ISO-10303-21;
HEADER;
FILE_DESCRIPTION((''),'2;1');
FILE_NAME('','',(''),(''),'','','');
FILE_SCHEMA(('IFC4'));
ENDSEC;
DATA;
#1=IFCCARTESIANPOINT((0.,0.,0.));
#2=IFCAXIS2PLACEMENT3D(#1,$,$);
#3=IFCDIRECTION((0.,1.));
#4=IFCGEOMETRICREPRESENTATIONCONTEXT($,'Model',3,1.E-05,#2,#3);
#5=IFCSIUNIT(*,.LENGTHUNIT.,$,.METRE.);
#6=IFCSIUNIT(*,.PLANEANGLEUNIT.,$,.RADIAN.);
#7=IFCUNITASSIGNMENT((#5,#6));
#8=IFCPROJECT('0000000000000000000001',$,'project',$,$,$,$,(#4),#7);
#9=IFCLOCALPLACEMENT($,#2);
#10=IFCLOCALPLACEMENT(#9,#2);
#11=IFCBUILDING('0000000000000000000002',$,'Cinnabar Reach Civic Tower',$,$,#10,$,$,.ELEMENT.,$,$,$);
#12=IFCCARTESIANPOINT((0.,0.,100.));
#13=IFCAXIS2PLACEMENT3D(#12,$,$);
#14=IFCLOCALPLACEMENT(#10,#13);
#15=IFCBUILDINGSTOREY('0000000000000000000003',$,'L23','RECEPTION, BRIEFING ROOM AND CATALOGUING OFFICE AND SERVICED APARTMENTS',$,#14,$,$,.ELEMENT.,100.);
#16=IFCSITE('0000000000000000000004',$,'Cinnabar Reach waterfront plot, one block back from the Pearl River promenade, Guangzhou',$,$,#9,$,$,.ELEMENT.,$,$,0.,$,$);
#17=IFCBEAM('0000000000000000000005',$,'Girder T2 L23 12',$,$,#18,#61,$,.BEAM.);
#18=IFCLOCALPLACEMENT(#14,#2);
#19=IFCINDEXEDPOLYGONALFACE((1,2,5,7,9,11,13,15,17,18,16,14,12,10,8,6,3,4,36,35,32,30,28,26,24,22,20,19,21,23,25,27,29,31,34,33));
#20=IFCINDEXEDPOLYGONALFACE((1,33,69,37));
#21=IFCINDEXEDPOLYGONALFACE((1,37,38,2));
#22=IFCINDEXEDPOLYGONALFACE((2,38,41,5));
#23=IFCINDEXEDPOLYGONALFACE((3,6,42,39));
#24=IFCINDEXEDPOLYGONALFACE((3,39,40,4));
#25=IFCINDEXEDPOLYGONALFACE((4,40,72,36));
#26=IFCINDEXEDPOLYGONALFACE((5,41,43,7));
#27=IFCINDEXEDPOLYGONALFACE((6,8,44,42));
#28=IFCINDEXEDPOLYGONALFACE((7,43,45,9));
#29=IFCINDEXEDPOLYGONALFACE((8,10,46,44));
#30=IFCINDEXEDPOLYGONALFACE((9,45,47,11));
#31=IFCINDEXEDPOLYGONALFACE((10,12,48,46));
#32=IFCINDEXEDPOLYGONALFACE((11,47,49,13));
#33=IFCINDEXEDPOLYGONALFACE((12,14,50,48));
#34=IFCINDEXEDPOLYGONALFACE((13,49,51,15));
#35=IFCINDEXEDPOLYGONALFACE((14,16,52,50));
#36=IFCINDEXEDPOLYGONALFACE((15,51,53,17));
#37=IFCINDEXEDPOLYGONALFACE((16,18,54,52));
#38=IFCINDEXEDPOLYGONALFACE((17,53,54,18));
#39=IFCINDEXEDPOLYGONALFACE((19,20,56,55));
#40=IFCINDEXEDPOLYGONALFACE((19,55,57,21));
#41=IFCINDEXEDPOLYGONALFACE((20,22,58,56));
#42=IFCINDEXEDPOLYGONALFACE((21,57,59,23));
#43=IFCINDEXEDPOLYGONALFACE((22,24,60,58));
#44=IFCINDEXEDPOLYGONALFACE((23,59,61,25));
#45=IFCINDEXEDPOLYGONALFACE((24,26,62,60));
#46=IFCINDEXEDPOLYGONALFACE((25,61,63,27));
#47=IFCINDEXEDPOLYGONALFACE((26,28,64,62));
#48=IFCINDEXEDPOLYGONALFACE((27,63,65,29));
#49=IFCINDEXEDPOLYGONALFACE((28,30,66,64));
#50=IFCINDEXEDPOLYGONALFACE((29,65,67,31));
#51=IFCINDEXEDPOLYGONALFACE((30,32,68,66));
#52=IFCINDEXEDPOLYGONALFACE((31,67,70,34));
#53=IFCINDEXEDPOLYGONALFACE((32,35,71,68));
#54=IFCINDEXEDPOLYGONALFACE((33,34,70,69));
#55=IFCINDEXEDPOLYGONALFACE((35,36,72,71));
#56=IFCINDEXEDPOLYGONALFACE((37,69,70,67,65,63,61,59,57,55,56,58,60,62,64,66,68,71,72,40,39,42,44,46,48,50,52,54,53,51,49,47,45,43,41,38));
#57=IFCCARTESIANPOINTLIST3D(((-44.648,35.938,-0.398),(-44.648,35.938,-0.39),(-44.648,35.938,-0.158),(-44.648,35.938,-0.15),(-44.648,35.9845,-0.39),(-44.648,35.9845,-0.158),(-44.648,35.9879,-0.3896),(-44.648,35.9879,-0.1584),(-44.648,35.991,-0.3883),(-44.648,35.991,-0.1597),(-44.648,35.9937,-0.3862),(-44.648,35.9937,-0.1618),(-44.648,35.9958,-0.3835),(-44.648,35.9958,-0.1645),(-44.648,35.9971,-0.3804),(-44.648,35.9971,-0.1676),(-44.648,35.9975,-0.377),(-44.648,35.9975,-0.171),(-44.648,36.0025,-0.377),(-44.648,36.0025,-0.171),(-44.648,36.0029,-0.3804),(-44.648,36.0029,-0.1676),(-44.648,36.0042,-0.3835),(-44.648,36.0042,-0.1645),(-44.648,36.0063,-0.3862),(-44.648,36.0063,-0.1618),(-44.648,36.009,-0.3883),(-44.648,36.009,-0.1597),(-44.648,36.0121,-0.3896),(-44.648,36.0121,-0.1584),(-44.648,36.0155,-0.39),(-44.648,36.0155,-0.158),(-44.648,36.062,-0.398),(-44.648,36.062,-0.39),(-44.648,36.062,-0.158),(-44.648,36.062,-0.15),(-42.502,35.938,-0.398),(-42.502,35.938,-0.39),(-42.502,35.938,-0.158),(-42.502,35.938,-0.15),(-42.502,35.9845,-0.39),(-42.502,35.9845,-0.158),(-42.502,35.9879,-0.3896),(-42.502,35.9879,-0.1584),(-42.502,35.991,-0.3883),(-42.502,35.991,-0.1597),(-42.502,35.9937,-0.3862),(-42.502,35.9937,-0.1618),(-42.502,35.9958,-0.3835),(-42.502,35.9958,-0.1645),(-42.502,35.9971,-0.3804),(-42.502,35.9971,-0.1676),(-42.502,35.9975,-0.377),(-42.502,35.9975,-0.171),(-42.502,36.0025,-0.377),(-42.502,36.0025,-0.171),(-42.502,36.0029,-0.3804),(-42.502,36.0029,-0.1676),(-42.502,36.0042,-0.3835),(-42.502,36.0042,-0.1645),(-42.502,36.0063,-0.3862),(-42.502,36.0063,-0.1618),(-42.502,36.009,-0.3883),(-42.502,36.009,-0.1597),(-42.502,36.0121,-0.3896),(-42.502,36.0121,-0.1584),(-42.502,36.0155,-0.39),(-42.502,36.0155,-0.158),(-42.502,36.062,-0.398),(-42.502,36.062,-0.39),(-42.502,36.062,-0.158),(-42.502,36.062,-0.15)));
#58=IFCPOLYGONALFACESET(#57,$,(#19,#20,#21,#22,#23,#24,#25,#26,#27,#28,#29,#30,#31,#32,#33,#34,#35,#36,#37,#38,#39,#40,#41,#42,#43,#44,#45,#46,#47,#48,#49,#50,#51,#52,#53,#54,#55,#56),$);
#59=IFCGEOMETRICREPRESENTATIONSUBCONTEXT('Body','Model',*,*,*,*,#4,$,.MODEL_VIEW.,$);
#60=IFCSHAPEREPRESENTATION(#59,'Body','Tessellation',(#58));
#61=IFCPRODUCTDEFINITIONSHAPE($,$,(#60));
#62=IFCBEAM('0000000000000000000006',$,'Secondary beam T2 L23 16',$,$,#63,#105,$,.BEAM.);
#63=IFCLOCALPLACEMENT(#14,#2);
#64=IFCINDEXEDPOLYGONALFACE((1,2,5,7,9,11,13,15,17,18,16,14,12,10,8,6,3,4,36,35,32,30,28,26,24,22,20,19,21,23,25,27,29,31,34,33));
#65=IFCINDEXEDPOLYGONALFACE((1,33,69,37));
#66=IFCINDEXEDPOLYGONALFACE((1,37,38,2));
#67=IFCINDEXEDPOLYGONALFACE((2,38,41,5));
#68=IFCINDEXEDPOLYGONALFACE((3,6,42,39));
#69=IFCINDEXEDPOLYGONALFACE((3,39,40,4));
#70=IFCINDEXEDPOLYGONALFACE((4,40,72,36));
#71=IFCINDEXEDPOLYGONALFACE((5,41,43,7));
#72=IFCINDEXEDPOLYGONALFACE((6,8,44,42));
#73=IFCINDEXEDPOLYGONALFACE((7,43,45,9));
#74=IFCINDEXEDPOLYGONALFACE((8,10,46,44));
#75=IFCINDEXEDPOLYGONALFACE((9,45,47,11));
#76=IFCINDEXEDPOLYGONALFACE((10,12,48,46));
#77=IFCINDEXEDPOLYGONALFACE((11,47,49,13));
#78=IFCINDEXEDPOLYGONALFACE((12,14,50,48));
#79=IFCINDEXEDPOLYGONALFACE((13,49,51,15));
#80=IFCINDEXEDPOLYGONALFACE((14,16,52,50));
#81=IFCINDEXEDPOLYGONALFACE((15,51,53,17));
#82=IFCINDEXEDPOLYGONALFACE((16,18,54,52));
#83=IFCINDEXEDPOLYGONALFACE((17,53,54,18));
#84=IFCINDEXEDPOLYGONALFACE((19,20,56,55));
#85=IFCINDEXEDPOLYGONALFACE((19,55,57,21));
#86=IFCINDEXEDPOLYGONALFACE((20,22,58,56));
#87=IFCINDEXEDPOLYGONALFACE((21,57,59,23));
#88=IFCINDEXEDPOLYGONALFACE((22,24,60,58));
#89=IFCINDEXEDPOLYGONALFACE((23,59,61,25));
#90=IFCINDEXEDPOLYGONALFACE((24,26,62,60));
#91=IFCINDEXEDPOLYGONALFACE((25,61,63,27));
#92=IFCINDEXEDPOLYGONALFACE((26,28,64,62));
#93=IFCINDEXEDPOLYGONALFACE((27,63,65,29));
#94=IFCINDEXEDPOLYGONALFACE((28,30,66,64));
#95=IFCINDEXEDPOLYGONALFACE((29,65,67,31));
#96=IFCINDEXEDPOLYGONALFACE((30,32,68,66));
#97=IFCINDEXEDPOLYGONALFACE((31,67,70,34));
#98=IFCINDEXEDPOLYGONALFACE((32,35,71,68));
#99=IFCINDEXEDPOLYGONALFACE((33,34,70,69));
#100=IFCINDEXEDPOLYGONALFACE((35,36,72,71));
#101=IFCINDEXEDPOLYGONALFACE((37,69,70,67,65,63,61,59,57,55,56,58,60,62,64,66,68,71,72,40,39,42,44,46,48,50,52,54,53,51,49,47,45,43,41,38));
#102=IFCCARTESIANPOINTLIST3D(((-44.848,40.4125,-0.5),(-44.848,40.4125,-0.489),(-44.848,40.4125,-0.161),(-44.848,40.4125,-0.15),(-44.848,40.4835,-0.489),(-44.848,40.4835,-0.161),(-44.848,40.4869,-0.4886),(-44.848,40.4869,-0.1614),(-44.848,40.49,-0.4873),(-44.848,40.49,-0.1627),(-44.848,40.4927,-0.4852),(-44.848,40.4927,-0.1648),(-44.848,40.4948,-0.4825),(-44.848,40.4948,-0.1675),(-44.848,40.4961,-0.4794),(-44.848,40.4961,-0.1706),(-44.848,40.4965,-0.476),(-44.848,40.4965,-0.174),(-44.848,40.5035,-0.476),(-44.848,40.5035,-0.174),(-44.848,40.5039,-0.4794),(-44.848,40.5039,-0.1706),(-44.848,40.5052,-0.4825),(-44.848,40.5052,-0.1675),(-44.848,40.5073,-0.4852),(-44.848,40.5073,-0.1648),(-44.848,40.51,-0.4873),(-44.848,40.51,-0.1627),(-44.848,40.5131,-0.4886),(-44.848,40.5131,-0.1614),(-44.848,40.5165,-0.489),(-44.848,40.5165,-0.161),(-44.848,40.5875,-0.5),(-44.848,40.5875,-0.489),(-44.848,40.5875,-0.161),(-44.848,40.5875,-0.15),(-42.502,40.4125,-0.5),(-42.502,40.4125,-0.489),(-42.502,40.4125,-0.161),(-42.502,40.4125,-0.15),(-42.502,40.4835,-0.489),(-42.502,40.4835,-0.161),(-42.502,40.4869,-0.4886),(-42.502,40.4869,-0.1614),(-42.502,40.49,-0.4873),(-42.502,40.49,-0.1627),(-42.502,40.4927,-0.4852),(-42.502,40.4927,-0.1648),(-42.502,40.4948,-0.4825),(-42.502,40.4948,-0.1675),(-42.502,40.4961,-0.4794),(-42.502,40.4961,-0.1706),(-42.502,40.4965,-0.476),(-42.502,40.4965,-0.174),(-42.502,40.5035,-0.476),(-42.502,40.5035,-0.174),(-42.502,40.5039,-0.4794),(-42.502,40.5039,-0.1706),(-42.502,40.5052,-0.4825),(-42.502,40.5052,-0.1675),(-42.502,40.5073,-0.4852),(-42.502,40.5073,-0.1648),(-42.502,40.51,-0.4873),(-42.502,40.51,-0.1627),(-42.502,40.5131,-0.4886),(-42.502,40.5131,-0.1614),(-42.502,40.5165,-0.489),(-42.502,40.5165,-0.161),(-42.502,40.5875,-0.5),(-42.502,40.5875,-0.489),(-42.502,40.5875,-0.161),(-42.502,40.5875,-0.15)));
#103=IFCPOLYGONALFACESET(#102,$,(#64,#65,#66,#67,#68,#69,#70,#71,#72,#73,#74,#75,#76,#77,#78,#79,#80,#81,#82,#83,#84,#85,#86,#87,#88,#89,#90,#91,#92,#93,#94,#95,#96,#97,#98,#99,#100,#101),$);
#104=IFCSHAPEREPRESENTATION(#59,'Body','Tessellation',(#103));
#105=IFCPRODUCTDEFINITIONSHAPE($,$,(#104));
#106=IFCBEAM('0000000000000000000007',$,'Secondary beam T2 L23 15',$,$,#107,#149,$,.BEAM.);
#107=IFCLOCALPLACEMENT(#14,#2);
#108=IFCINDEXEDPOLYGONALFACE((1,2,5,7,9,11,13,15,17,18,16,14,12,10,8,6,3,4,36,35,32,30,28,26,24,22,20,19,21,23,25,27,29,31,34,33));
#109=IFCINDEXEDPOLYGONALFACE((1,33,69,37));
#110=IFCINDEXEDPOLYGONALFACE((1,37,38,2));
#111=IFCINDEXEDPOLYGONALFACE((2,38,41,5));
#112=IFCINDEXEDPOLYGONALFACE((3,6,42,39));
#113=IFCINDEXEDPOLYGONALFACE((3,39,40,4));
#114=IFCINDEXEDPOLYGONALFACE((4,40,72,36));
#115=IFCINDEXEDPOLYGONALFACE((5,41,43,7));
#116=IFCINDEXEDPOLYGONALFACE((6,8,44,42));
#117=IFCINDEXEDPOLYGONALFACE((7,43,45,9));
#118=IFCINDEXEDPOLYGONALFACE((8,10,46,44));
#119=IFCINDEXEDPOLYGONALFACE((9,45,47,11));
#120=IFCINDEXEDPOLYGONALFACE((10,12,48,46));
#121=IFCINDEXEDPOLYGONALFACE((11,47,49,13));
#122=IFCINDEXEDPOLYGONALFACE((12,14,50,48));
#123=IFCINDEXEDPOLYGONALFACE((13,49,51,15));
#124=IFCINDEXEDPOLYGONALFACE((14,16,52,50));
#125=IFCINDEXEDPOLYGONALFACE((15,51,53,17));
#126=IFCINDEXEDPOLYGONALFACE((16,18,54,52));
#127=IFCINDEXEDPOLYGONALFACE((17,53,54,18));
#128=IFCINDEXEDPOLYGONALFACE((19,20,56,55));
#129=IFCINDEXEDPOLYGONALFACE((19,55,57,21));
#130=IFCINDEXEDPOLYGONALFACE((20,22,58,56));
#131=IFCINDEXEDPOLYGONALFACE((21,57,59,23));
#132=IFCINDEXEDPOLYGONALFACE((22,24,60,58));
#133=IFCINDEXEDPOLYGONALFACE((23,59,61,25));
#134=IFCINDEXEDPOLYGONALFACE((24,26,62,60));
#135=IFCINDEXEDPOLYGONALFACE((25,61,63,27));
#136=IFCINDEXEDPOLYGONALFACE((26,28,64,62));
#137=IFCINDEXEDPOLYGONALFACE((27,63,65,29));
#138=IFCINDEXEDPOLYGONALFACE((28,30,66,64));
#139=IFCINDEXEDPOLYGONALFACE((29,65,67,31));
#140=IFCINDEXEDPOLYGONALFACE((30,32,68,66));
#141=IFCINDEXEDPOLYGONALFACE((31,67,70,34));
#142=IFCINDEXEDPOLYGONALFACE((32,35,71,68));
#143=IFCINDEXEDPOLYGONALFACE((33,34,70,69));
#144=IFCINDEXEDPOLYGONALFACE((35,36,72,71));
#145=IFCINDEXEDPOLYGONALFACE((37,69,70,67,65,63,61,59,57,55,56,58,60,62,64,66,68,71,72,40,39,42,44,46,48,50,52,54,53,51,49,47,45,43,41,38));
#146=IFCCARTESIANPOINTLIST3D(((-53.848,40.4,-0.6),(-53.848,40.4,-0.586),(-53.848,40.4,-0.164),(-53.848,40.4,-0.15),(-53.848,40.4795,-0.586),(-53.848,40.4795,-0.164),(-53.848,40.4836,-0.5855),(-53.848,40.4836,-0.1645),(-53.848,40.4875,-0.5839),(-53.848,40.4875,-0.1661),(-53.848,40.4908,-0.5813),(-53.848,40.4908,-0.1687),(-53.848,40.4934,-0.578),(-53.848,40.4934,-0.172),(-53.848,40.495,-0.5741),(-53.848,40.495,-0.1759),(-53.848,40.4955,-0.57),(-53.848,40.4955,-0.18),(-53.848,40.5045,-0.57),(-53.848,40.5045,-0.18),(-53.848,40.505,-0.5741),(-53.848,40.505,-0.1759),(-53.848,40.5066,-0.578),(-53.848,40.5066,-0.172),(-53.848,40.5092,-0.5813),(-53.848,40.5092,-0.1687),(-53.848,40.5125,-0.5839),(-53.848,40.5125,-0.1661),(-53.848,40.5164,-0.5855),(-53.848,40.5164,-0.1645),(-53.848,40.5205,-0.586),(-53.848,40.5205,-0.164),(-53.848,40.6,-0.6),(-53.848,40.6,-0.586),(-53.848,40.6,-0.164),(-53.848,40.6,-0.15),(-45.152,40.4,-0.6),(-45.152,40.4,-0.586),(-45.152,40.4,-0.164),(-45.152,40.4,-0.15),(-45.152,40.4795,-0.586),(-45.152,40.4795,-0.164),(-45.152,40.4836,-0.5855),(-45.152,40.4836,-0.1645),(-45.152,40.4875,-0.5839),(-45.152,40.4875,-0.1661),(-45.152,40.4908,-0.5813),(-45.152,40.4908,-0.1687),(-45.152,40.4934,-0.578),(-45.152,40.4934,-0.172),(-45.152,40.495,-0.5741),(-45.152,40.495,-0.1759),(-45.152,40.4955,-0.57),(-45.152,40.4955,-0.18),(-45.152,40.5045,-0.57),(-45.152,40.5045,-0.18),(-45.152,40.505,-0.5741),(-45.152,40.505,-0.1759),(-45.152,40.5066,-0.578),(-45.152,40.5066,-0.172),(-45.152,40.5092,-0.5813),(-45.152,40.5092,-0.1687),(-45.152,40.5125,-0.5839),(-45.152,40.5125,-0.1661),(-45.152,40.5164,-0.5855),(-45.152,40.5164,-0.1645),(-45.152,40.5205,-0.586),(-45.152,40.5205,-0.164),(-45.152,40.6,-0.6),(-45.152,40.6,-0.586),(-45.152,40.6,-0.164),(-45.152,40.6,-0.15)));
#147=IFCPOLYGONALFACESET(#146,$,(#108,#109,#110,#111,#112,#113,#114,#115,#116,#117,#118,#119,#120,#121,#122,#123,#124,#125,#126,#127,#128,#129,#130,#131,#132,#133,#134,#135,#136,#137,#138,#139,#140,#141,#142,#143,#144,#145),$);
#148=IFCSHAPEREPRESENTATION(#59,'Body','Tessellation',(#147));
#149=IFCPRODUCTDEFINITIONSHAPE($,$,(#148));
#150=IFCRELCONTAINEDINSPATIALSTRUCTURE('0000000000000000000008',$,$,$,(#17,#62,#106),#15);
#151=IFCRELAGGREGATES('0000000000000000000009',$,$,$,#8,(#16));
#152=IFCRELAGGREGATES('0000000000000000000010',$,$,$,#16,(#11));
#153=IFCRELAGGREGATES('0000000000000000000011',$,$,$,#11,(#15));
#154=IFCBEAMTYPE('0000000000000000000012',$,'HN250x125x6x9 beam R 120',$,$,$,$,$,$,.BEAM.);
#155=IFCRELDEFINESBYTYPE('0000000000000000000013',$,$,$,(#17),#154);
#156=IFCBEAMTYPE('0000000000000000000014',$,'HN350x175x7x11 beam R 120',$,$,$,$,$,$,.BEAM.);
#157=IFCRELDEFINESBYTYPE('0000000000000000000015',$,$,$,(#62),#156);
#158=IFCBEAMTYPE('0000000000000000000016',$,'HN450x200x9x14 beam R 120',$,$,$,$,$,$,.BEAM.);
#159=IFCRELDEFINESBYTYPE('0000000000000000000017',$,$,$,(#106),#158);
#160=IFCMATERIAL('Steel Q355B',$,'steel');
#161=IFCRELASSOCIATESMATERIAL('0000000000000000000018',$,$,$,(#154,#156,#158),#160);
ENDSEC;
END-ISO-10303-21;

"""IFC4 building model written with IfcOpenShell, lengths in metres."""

from ifc_helpers import new_model, si_unit, direction, frame, origin, origin_2d, place, context, subcontext, project, spatial, i_section, extrude, material, material_profile, profile_set, type_object, element, save


model = new_model("IFC4")

# Units and contexts
model_context = context("Model", 3, precision=1e-05, world=origin(), true_north=direction((0.0, 1.0)))
body_context = subcontext(model_context, "Body", "Model", "MODEL_VIEW")
ifc_project = project(units=[si_unit("LENGTHUNIT", "METRE"), si_unit("PLANEANGLEUNIT", "RADIAN")], contexts=[model_context])

# Site, building, storey
site_placement = place(None, origin())
site = spatial("IfcSite", under=ifc_project, at=site_placement, Name="Cinnabar Reach waterfront plot, one block back from the Pearl River promenade, Guangzhou", CompositionType="ELEMENT", RefElevation=0.0)
building_placement = place(site_placement, origin())
building = spatial("IfcBuilding", under=site, at=building_placement, Name="Cinnabar Reach Civic Tower", CompositionType="ELEMENT")
storey_placement = place(building_placement, frame((0.0, 0.0, 100.0)))
storey = spatial("IfcBuildingStorey", under=building, at=storey_placement, Name="L23", Description="RECEPTION, BRIEFING ROOM AND CATALOGUING OFFICE AND SERVICED APARTMENTS", CompositionType="ELEMENT", Elevation=100.0)

# Beams
ifc_material_1 = material(Name="Steel Q355B", Category="steel")
ifc_material_profile_1 = material_profile(ifc_material_1, i_section(OverallWidth=0.124, OverallDepth=0.248, WebThickness=0.005, FlangeThickness=0.008, FilletRadius=0.013, at=origin_2d()), Name="HN250x125x6x9")
ifc_profile_set_1 = profile_set([ifc_material_profile_1], Name="Steel Q355B")
beam_type_1 = type_object("IfcBeamType", Name="HN250x125x6x9 beam R 120", PredefinedType="BEAM", material=ifc_profile_set_1)
beam_1_placement = place(storey_placement, frame((-44.648, 36.0, -0.274), z_axis=(1.0, 0.0, 0.0), x_axis=(0.0, 1.0, 0.0)))
element("IfcBeam", 1, at=beam_1_placement, inside=storey, type_object=beam_type_1, Name="Girder T2 L23 12", PredefinedType="BEAM", context=body_context, shape_type="SweptSolid", body=[
    extrude(i_section(OverallWidth=0.124, OverallDepth=0.248, WebThickness=0.005, FlangeThickness=0.008, FilletRadius=0.013, at=origin_2d()), origin(), (0.0, 0.0, 1.0), 2.146),
])
ifc_material_profile_2 = material_profile(ifc_material_1, i_section(OverallWidth=0.175, OverallDepth=0.35, WebThickness=0.007, FlangeThickness=0.011, FilletRadius=0.013, at=origin_2d()), Name="HN350x175x7x11")
ifc_profile_set_2 = profile_set([ifc_material_profile_2], Name="Steel Q355B")
beam_type_2 = type_object("IfcBeamType", Name="HN350x175x7x11 beam R 120", PredefinedType="BEAM", material=ifc_profile_set_2)
beam_2_placement = place(storey_placement, frame((-44.848, 40.5, -0.325), z_axis=(1.0, 0.0, 0.0), x_axis=(0.0, 1.0, 0.0)))
element("IfcBeam", 2, at=beam_2_placement, inside=storey, type_object=beam_type_2, Name="Secondary beam T2 L23 16", PredefinedType="BEAM", context=body_context, shape_type="SweptSolid", body=[
    extrude(i_section(OverallWidth=0.175, OverallDepth=0.35, WebThickness=0.007, FlangeThickness=0.011, FilletRadius=0.013, at=origin_2d()), origin(), (0.0, 0.0, 1.0), 2.346),
])
ifc_material_profile_3 = material_profile(ifc_material_1, i_section(OverallWidth=0.2, OverallDepth=0.45, WebThickness=0.009, FlangeThickness=0.014, FilletRadius=0.016, at=origin_2d()), Name="HN450x200x9x14")
ifc_profile_set_3 = profile_set([ifc_material_profile_3], Name="Steel Q355B")
beam_type_3 = type_object("IfcBeamType", Name="HN450x200x9x14 beam R 120", PredefinedType="BEAM", material=ifc_profile_set_3)
beam_3_placement = place(storey_placement, frame((-53.848, 40.5, -0.375), z_axis=(1.0, 0.0, 0.0), x_axis=(0.0, 1.0, 0.0)))
element("IfcBeam", 3, at=beam_3_placement, inside=storey, type_object=beam_type_3, Name="Secondary beam T2 L23 15", PredefinedType="BEAM", context=body_context, shape_type="SweptSolid", body=[
    extrude(i_section(OverallWidth=0.2, OverallDepth=0.45, WebThickness=0.009, FlangeThickness=0.014, FilletRadius=0.016, at=origin_2d()), origin(), (0.0, 0.0, 1.0), 8.696),
])

save(model, "model.ifc")
